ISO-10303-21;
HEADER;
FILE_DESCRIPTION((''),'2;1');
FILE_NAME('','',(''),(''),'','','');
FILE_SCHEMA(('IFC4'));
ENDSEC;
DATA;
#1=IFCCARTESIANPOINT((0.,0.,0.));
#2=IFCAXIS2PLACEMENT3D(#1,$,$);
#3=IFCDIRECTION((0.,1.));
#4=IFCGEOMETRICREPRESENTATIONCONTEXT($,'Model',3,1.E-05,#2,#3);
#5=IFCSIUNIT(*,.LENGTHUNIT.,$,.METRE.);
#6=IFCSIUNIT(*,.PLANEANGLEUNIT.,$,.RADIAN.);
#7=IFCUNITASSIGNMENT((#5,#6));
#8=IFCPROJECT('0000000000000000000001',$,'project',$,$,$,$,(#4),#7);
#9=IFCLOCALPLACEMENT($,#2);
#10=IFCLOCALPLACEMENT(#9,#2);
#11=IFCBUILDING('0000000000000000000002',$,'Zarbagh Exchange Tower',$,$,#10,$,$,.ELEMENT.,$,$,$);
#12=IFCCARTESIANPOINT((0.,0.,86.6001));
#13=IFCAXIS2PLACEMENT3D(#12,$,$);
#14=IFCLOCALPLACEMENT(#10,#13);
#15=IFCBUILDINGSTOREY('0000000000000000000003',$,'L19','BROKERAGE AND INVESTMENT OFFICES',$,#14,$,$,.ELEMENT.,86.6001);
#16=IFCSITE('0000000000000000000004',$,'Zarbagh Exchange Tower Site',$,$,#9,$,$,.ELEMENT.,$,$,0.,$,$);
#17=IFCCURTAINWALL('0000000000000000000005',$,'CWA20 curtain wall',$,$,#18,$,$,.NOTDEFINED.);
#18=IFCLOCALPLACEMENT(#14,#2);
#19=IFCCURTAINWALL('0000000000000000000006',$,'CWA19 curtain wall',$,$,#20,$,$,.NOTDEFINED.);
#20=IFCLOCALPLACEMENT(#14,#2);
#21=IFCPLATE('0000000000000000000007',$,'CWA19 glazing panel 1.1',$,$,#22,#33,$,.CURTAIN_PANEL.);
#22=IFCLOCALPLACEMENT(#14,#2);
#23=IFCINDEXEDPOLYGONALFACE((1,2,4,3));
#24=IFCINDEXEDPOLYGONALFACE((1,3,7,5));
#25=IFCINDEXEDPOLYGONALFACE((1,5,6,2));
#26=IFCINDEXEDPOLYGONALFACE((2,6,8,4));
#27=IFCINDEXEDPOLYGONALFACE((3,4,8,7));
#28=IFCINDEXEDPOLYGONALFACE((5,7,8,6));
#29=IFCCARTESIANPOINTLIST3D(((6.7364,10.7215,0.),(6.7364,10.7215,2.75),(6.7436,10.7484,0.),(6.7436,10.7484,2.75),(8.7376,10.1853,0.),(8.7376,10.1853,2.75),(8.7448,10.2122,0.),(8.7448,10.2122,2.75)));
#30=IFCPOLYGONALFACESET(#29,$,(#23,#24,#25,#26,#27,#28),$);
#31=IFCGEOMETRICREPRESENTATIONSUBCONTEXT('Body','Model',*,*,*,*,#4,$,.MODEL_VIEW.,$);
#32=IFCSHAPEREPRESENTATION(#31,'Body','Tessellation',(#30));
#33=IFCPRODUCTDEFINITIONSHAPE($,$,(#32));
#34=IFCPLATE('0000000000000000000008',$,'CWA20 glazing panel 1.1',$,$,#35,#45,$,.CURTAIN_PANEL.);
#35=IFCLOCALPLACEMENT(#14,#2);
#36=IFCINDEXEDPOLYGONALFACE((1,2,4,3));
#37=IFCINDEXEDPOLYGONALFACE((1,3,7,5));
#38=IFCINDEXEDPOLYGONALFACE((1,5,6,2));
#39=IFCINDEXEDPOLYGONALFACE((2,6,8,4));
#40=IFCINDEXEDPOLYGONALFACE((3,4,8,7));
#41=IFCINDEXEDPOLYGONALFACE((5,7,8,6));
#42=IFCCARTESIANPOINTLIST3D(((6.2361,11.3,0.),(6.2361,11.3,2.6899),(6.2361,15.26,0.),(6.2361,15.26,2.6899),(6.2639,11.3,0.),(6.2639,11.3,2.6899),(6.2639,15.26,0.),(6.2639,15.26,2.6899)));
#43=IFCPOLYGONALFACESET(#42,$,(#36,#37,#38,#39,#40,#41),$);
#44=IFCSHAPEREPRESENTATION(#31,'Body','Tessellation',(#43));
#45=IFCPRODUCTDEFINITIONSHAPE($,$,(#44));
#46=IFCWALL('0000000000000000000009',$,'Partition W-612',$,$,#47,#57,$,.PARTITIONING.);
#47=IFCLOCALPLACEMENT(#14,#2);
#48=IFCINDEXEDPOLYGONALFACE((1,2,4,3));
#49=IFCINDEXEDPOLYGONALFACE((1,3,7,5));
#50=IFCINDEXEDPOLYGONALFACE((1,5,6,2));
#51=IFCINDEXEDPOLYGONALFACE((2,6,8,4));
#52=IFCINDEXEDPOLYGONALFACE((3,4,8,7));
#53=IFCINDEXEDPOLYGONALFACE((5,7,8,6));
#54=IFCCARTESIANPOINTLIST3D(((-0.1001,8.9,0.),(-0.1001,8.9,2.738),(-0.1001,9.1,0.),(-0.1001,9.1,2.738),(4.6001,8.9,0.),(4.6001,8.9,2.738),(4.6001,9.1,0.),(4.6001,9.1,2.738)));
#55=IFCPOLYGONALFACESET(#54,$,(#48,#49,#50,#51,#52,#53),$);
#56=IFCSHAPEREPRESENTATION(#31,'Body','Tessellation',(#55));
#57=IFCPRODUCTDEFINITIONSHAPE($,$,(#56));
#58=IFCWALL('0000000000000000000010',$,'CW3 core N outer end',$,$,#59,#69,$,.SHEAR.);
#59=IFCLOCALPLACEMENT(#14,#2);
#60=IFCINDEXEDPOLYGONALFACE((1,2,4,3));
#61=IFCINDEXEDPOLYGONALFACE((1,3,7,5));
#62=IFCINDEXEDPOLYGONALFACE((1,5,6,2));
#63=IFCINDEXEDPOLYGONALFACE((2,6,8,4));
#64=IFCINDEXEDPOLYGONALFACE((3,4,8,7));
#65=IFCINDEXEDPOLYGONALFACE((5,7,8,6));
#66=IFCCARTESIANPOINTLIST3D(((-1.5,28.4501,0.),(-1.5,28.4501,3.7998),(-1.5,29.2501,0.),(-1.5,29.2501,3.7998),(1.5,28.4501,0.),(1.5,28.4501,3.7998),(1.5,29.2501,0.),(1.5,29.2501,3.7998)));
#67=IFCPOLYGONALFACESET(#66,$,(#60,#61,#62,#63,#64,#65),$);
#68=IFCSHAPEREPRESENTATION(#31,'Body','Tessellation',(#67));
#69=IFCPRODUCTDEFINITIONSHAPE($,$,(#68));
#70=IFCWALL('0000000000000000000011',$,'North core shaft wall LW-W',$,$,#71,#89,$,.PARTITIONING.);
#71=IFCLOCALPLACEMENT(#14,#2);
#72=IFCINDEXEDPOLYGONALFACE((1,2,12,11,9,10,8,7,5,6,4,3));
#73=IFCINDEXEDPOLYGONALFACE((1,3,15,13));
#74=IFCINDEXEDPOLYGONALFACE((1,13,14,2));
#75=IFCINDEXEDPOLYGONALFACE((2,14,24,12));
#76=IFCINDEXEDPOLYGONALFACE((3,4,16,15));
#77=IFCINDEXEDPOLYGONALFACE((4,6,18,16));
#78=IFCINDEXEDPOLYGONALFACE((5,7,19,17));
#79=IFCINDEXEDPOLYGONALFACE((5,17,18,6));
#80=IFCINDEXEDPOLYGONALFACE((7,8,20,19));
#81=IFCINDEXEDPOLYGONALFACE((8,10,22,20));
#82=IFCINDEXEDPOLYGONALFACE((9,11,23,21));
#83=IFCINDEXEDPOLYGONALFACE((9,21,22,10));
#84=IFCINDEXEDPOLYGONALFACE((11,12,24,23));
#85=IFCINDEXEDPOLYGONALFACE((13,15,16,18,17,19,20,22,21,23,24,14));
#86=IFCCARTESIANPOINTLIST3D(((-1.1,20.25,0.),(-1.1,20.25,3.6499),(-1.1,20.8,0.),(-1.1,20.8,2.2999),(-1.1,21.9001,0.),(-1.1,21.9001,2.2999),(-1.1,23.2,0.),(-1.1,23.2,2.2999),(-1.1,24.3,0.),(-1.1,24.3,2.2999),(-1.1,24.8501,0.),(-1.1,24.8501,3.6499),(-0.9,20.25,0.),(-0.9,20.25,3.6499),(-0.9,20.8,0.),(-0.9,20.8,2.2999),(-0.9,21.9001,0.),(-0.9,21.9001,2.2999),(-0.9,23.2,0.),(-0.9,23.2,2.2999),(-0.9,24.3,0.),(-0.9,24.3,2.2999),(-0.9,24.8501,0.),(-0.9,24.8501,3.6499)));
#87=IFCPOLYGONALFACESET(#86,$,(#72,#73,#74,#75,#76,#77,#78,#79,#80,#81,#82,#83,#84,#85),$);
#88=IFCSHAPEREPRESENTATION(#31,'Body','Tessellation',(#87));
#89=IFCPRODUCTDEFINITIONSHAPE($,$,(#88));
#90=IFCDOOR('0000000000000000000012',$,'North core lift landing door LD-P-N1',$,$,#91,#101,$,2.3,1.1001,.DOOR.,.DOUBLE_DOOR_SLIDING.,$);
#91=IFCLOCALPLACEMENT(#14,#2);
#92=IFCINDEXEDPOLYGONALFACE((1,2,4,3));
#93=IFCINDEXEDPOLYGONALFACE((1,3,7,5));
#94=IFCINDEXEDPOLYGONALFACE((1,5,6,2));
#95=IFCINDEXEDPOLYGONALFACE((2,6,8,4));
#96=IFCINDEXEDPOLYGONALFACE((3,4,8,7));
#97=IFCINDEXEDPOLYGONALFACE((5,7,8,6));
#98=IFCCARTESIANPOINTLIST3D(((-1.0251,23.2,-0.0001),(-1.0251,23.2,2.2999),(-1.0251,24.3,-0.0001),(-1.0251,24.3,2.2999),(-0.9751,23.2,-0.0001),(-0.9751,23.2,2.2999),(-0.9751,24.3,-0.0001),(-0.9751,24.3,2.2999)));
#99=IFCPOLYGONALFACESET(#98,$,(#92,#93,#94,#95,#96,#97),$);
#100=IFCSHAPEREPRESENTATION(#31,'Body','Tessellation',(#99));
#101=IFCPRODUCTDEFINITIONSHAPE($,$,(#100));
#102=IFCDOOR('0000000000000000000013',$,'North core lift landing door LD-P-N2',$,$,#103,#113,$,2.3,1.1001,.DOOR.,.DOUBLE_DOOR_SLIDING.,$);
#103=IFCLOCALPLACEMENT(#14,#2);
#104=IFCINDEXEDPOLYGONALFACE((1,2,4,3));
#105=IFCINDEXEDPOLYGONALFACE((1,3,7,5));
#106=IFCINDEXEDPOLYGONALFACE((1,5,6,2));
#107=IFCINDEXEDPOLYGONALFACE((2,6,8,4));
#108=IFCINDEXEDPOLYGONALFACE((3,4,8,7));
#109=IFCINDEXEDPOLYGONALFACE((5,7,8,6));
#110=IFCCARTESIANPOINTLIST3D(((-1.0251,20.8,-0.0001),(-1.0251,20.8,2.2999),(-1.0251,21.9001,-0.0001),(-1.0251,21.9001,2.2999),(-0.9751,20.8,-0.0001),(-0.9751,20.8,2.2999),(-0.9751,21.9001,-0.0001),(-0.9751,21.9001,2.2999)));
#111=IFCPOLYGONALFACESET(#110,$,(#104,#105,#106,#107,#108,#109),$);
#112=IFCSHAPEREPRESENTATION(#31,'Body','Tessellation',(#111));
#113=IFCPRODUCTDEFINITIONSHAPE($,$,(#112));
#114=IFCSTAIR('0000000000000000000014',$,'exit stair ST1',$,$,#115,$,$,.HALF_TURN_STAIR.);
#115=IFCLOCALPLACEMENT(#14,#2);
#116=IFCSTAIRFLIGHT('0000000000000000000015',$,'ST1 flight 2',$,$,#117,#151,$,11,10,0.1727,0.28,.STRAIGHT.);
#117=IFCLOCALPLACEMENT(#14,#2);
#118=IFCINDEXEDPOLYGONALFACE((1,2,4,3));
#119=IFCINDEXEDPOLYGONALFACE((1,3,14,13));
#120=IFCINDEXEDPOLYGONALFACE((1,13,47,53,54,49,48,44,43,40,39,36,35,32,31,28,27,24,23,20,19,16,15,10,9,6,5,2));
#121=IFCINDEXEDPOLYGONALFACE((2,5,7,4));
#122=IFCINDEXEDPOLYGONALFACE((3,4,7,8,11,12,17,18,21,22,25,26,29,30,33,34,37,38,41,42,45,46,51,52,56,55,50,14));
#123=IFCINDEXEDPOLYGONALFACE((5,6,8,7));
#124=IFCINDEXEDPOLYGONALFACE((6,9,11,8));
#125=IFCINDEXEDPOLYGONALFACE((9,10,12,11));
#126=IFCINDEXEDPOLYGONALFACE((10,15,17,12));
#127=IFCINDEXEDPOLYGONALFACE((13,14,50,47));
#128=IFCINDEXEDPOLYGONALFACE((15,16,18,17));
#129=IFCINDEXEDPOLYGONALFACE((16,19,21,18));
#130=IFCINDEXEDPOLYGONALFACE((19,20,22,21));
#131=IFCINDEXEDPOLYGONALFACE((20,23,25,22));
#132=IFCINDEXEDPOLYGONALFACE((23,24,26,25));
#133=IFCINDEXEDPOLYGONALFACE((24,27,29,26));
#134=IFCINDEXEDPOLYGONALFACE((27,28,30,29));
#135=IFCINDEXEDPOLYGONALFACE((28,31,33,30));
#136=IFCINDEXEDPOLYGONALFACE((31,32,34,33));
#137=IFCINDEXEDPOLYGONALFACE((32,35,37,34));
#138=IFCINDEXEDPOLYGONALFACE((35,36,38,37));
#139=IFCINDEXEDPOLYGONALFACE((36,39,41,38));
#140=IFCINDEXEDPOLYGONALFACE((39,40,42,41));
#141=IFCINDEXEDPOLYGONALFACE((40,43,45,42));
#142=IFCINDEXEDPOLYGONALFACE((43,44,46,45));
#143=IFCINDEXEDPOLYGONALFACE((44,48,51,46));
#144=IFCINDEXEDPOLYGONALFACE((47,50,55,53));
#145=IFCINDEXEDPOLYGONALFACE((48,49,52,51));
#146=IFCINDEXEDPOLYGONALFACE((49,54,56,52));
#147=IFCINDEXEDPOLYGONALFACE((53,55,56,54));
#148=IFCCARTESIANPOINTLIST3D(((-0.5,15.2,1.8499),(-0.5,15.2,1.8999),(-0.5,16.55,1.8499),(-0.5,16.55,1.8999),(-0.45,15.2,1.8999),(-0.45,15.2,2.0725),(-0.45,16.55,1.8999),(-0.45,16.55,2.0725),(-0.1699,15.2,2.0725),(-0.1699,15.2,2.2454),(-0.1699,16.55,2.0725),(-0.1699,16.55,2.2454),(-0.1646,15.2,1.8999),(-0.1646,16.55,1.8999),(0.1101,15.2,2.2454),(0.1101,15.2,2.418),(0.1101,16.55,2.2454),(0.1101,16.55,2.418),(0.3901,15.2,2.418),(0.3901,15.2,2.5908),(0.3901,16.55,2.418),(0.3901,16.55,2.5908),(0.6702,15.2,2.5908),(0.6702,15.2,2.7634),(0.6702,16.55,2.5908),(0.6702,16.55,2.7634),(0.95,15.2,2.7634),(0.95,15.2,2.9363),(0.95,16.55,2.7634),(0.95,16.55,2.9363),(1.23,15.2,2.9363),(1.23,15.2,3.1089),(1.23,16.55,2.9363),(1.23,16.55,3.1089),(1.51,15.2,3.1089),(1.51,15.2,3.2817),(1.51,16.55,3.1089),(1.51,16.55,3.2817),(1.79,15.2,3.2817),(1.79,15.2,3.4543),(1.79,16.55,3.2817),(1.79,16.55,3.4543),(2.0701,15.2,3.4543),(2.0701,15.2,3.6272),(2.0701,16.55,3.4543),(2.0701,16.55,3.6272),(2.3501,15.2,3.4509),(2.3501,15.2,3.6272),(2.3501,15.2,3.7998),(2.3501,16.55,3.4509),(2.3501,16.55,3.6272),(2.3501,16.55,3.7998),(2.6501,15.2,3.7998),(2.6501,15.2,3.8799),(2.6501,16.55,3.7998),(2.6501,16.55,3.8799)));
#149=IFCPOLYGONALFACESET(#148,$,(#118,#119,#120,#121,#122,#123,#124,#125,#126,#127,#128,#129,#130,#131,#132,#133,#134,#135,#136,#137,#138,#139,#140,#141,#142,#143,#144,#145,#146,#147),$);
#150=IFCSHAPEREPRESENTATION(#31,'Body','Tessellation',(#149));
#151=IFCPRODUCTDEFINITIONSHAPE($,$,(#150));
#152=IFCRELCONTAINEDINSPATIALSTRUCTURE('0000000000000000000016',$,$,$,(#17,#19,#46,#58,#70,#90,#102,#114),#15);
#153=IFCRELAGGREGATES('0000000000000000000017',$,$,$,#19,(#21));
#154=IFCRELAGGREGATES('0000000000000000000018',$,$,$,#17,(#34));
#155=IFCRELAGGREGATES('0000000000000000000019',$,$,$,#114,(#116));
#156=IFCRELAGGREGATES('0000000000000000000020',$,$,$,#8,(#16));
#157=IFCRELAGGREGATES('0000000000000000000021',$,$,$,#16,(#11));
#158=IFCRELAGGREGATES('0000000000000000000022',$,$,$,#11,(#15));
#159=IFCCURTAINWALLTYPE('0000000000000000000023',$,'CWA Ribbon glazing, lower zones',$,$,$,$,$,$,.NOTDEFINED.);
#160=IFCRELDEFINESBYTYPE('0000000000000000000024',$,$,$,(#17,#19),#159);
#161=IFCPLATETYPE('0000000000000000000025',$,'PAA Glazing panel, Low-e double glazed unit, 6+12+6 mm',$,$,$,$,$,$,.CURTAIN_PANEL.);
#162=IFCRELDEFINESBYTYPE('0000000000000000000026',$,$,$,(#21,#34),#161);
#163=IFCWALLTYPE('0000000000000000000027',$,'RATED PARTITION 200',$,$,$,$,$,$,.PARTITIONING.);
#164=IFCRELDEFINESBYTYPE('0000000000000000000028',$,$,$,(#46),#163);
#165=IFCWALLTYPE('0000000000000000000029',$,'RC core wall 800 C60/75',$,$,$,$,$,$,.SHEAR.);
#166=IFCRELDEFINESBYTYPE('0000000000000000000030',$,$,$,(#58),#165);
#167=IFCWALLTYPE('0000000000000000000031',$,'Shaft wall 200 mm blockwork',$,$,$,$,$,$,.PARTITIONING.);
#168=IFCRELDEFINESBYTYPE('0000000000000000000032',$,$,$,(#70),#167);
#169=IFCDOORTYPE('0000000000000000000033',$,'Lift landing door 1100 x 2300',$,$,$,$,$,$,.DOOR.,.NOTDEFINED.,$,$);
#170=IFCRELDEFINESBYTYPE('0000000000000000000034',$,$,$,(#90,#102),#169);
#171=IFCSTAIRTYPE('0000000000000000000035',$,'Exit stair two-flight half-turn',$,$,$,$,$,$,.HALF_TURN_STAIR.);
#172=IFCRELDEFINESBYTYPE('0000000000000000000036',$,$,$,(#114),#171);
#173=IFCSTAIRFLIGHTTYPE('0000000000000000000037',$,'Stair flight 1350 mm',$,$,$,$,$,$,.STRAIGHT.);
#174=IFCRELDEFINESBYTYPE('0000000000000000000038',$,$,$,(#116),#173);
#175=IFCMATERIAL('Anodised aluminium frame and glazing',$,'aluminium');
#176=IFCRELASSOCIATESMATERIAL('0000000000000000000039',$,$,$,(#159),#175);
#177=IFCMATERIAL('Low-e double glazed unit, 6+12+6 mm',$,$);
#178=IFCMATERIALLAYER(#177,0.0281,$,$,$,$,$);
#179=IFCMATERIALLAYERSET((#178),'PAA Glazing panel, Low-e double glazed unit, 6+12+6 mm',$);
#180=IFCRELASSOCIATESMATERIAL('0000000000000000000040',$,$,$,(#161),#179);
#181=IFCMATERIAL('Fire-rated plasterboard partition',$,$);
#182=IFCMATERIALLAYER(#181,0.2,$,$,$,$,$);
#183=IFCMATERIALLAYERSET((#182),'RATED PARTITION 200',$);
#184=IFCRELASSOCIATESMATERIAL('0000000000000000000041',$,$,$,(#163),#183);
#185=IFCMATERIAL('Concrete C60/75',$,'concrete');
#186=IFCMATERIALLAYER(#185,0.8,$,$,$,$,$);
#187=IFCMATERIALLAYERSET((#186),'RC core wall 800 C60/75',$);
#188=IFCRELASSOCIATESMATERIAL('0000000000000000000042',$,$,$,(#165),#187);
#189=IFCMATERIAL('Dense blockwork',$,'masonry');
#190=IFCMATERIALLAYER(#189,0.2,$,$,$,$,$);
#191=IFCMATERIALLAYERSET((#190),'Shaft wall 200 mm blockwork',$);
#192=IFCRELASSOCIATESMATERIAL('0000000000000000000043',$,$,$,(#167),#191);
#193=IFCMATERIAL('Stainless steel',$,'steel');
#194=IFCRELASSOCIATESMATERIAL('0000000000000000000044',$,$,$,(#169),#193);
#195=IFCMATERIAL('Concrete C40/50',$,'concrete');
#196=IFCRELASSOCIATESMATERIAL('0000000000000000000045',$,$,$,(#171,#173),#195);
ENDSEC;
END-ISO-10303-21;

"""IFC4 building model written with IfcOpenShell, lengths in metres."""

from ifc_helpers import new_model, si_unit, direction, frame, frame_2d, origin, place, context, subcontext, project, spatial, polyline, rectangle, outline, extrude, source, transform, mapped, material, layer, layer_set, type_object, element, fill, aggregate, save


model = new_model("IFC4")

# Units and contexts
model_context = context("Model", 3, precision=1e-05, world=origin(), true_north=direction((0.0, 1.0)))
body_context = subcontext(model_context, "Body", "Model", "MODEL_VIEW")
ifc_project = project(units=[si_unit("LENGTHUNIT", "METRE"), si_unit("PLANEANGLEUNIT", "RADIAN")], contexts=[model_context])

# Site, building, storey
site_placement = place(None, origin())
site = spatial("IfcSite", under=ifc_project, at=site_placement, Name="Zarbagh Exchange Tower Site", CompositionType="ELEMENT", RefElevation=0.0)
building_placement = place(site_placement, origin())
building = spatial("IfcBuilding", under=site, at=building_placement, Name="Zarbagh Exchange Tower", CompositionType="ELEMENT")
storey_placement = place(building_placement, frame((0.0, 0.0, 86.6001)))
storey = spatial("IfcBuildingStorey", under=building, at=storey_placement, Name="L19", Description="BROKERAGE AND INVESTMENT OFFICES", CompositionType="ELEMENT", Elevation=86.6001)

# Shared definitions
ifc_material_1 = material(Name="Concrete C60/75", Category="concrete")

# Shared definitions
ifc_material_2 = material(Name="Anodised aluminium frame and glazing", Category="aluminium")
curtain_wall_type = type_object("IfcCurtainWallType", Name="CWA Ribbon glazing, lower zones", PredefinedType="NOTDEFINED", material=ifc_material_2)
placement = place(storey_placement, origin())

# Curtain wall
curtain_wall_1_placement = place(storey_placement, origin())
curtain_wall_1 = element("IfcCurtainWall", 1, at=curtain_wall_1_placement, inside=storey, type_object=curtain_wall_type, Name="CWA20 curtain wall", PredefinedType="NOTDEFINED")

# Shared definitions
ifc_material_3 = material(Name="Low-e double glazed unit, 6+12+6 mm")
ifc_layer_1 = layer(ifc_material_3, 0.0281)
ifc_layer_set_1 = layer_set([ifc_layer_1], Name="PAA Glazing panel, Low-e double glazed unit, 6+12+6 mm")
plate_type = type_object("IfcPlateType", Name="PAA Glazing panel, Low-e double glazed unit, 6+12+6 mm", PredefinedType="CURTAIN_PANEL", material=ifc_layer_set_1)

# Curtain wall, plate
curtain_wall_2_placement = place(storey_placement, origin())
curtain_wall_2 = element("IfcCurtainWall", 2, at=curtain_wall_2_placement, inside=storey, type_object=curtain_wall_type, Name="CWA19 curtain wall", PredefinedType="NOTDEFINED")
shared_shape_1 = source(origin(), body_context, "Body", "SweptSolid", [
    extrude(outline(polyline([(0.0, -0.0139), (2.0718, -0.0139), (2.0718, 0.0139), (0.0, 0.0139), (0.0, -0.0139)])), origin(), (0.0, 0.0, 1.0), 2.75),
])
plate_1 = element("IfcPlate", 3, at=placement, type_object=plate_type, Name="CWA19 glazing panel 1.1", PredefinedType="CURTAIN_PANEL", context=body_context, shape_type="MappedRepresentation", body=[
    mapped(shared_shape_1, transform((8.7412, 10.1987, 0.0), x_axis=(-0.965924, 0.258825, 0.0), y_axis=(-0.258825, -0.965924, 0.0), z_axis=(0.0, 0.0, 1.0))),
])
aggregate(curtain_wall_2, [plate_1])

# Plate
shared_shape_2 = source(origin(), body_context, "Body", "SweptSolid", [
    extrude(outline(polyline([(0.0, -0.0139), (3.96, -0.0139), (3.96, 0.0139), (0.0, 0.0139), (0.0, -0.0139)])), origin(), (0.0, 0.0, 1.0), 2.6899),
])
plate_2 = element("IfcPlate", 4, at=placement, type_object=plate_type, Name="CWA20 glazing panel 1.1", PredefinedType="CURTAIN_PANEL", context=body_context, shape_type="MappedRepresentation", body=[
    mapped(shared_shape_2, transform((6.25, 11.3, 0.0), x_axis=(0.0, 1.0, 0.0), y_axis=(-1.0, 0.0, 0.0), z_axis=(0.0, 0.0, 1.0))),
])
aggregate(curtain_wall_1, [plate_2])

# Walls
ifc_material_4 = material(Name="Fire-rated plasterboard partition")
ifc_layer_2 = layer(ifc_material_4, 0.2)
ifc_layer_set_2 = layer_set([ifc_layer_2], Name="RATED PARTITION 200")
wall_type_1 = type_object("IfcWallType", Name="RATED PARTITION 200", PredefinedType="PARTITIONING", material=ifc_layer_set_2)
wall_1_placement = place(storey_placement, frame((-0.1001, 9.0, 0.0), z_axis=(0.0, 0.0, 1.0), x_axis=(1.0, 0.0, 0.0)))
element("IfcWall", 5, at=wall_1_placement, inside=storey, type_object=wall_type_1, Name="Partition W-612", PredefinedType="PARTITIONING", context=body_context, shape_type="SweptSolid", body=[
    extrude(rectangle(XDim=4.7002, YDim=0.2, at=frame_2d((2.3501, 0.0))), origin(), (0.0, 0.0, 1.0), 2.738),
])
ifc_layer_3 = layer(ifc_material_1, 0.8)
ifc_layer_set_3 = layer_set([ifc_layer_3], Name="RC core wall 800 C60/75")
wall_type_2 = type_object("IfcWallType", Name="RC core wall 800 C60/75", PredefinedType="SHEAR", material=ifc_layer_set_3)
wall_2_placement = place(storey_placement, frame((-1.5, 28.8501, 0.0), z_axis=(0.0, 0.0, 1.0), x_axis=(1.0, 0.0, 0.0)))
element("IfcWall", 6, at=wall_2_placement, inside=storey, type_object=wall_type_2, Name="CW3 core N outer end", PredefinedType="SHEAR", context=body_context, shape_type="SweptSolid", body=[
    extrude(rectangle(XDim=3.0, YDim=0.8, at=frame_2d((1.5, 0.0))), origin(), (0.0, 0.0, 1.0), 3.7998),
])

# Wall, openings, doors
ifc_material_5 = material(Name="Dense blockwork", Category="masonry")
ifc_layer_4 = layer(ifc_material_5, 0.2)
ifc_layer_set_4 = layer_set([ifc_layer_4], Name="Shaft wall 200 mm blockwork")
wall_type_3 = type_object("IfcWallType", Name="Shaft wall 200 mm blockwork", PredefinedType="PARTITIONING", material=ifc_layer_set_4)
wall_3_placement = place(storey_placement, frame((-1.0, 24.8501, 0.0), z_axis=(0.0, 0.0, 1.0), x_axis=(0.0, -1.0, 0.0)))
wall_3 = element("IfcWall", 7, at=wall_3_placement, inside=storey, type_object=wall_type_3, Name="North core shaft wall LW-W", PredefinedType="PARTITIONING", context=body_context, shape_type="SweptSolid", body=[
    extrude(rectangle(XDim=4.6001, YDim=0.2, at=frame_2d((2.3, 0.0))), origin(), (0.0, 0.0, 1.0), 3.6499),
])
opening_1_placement = place(wall_3_placement, frame((0.55, 0.0, 0.0)))
opening_1 = element("IfcOpeningElement", 8, at=opening_1_placement, cuts=wall_3, PredefinedType="OPENING", context=body_context, shape_type="SweptSolid", body=[
    extrude(rectangle(XDim=1.1001, YDim=2.3, at=frame_2d((0.55, 1.1499))), frame((0.0, 0.1099, 0.0), z_axis=(0.0, -1.0, 0.0), x_axis=(1.0, 0.0, 0.0)), (0.0, 0.0, 1.0), 0.22),
])
opening_2_placement = place(wall_3_placement, frame((2.95, 0.0, 0.0)))
opening_2 = element("IfcOpeningElement", 9, at=opening_2_placement, cuts=wall_3, PredefinedType="OPENING", context=body_context, shape_type="SweptSolid", body=[
    extrude(rectangle(XDim=1.1001, YDim=2.3, at=frame_2d((0.55, 1.1499))), frame((0.0, 0.1099, 0.0), z_axis=(0.0, -1.0, 0.0), x_axis=(1.0, 0.0, 0.0)), (0.0, 0.0, 1.0), 0.22),
])
ifc_material_6 = material(Name="Stainless steel", Category="steel")
door_type = type_object("IfcDoorType", Name="Lift landing door 1100 x 2300", OperationType="NOTDEFINED", PredefinedType="DOOR", material=ifc_material_6)
door_1_placement = place(opening_1_placement, origin())
door_1 = element("IfcDoor", 10, at=door_1_placement, inside=storey, type_object=door_type, Name="North core lift landing door LD-P-N1", OperationType="DOUBLE_DOOR_SLIDING", OverallHeight=2.3, OverallWidth=1.1001, PredefinedType="DOOR", context=body_context, shape_type="SweptSolid", body=[
    extrude(rectangle(XDim=1.1001, YDim=2.3, at=frame_2d((0.55, 1.1499))), frame((0.0, 0.0249, 0.0), z_axis=(0.0, -1.0, 0.0), x_axis=(1.0, 0.0, 0.0)), (0.0, 0.0, 1.0), 0.05),
])
fill(opening_1, door_1)
door_2_placement = place(opening_2_placement, origin())
door_2 = element("IfcDoor", 11, at=door_2_placement, inside=storey, type_object=door_type, Name="North core lift landing door LD-P-N2", OperationType="DOUBLE_DOOR_SLIDING", OverallHeight=2.3, OverallWidth=1.1001, PredefinedType="DOOR", context=body_context, shape_type="SweptSolid", body=[
    extrude(rectangle(XDim=1.1001, YDim=2.3, at=frame_2d((0.55, 1.1499))), frame((0.0, 0.0249, 0.0), z_axis=(0.0, -1.0, 0.0), x_axis=(1.0, 0.0, 0.0)), (0.0, 0.0, 1.0), 0.05),
])
fill(opening_2, door_2)

# Stair, stair flight
ifc_material_7 = material(Name="Concrete C40/50", Category="concrete")
stair_type = type_object("IfcStairType", Name="Exit stair two-flight half-turn", PredefinedType="HALF_TURN_STAIR", material=ifc_material_7)
stair_1_placement = place(storey_placement, origin())
stair_1 = element("IfcStair", 12, at=stair_1_placement, inside=storey, type_object=stair_type, Name="exit stair ST1", PredefinedType="HALF_TURN_STAIR")
stair_flight_type_1 = type_object("IfcStairFlightType", Name="Stair flight 1350 mm", PredefinedType="STRAIGHT", material=ifc_material_7)
stair_flight_1_placement = place(storey_placement, frame((-0.45, 15.875, 1.8999), z_axis=(0.0, 0.0, 1.0), x_axis=(1.0, 0.0, 0.0)))
stair_flight_1 = element("IfcStairFlight", 13, at=stair_flight_1_placement, type_object=stair_flight_type_1, Name="ST1 flight 2", NumberOfRisers=11, NumberOfTreads=10, PredefinedType="STRAIGHT", RiserHeight=0.1727, TreadLength=0.28, context=body_context, shape_type="SweptSolid", body=[
    extrude(outline(polyline([(-0.05, -0.05), (-0.05, 0.0), (0.0, 0.0), (0.0, 0.1726), (0.28, 0.1726), (0.28, 0.3455), (0.5601, 0.3455), (0.5601, 0.5181), (0.8401, 0.5181), (0.8401, 0.6909), (1.1201, 0.6909), (1.1201, 0.8635), (1.3999, 0.8635), (1.3999, 1.0364), (1.6799, 1.0364), (1.6799, 1.209), (1.96, 1.209), (1.96, 1.3818), (2.24, 1.3818), (2.24, 1.5544), (2.52, 1.5544), (2.52, 1.7273), (2.8, 1.7273), (2.8, 1.8999), (3.1001, 1.98), (3.1001, 1.8999), (2.8, 1.551), (0.2854, 0.0), (-0.05, -0.05)])), frame((0.0, 0.675, 0.0), z_axis=(0.0, -1.0, 0.0), x_axis=(1.0, 0.0, 0.0)), (0.0, 0.0, 1.0), 1.3501),
])
aggregate(stair_1, [stair_flight_1])

save(model, "model.ifc")
